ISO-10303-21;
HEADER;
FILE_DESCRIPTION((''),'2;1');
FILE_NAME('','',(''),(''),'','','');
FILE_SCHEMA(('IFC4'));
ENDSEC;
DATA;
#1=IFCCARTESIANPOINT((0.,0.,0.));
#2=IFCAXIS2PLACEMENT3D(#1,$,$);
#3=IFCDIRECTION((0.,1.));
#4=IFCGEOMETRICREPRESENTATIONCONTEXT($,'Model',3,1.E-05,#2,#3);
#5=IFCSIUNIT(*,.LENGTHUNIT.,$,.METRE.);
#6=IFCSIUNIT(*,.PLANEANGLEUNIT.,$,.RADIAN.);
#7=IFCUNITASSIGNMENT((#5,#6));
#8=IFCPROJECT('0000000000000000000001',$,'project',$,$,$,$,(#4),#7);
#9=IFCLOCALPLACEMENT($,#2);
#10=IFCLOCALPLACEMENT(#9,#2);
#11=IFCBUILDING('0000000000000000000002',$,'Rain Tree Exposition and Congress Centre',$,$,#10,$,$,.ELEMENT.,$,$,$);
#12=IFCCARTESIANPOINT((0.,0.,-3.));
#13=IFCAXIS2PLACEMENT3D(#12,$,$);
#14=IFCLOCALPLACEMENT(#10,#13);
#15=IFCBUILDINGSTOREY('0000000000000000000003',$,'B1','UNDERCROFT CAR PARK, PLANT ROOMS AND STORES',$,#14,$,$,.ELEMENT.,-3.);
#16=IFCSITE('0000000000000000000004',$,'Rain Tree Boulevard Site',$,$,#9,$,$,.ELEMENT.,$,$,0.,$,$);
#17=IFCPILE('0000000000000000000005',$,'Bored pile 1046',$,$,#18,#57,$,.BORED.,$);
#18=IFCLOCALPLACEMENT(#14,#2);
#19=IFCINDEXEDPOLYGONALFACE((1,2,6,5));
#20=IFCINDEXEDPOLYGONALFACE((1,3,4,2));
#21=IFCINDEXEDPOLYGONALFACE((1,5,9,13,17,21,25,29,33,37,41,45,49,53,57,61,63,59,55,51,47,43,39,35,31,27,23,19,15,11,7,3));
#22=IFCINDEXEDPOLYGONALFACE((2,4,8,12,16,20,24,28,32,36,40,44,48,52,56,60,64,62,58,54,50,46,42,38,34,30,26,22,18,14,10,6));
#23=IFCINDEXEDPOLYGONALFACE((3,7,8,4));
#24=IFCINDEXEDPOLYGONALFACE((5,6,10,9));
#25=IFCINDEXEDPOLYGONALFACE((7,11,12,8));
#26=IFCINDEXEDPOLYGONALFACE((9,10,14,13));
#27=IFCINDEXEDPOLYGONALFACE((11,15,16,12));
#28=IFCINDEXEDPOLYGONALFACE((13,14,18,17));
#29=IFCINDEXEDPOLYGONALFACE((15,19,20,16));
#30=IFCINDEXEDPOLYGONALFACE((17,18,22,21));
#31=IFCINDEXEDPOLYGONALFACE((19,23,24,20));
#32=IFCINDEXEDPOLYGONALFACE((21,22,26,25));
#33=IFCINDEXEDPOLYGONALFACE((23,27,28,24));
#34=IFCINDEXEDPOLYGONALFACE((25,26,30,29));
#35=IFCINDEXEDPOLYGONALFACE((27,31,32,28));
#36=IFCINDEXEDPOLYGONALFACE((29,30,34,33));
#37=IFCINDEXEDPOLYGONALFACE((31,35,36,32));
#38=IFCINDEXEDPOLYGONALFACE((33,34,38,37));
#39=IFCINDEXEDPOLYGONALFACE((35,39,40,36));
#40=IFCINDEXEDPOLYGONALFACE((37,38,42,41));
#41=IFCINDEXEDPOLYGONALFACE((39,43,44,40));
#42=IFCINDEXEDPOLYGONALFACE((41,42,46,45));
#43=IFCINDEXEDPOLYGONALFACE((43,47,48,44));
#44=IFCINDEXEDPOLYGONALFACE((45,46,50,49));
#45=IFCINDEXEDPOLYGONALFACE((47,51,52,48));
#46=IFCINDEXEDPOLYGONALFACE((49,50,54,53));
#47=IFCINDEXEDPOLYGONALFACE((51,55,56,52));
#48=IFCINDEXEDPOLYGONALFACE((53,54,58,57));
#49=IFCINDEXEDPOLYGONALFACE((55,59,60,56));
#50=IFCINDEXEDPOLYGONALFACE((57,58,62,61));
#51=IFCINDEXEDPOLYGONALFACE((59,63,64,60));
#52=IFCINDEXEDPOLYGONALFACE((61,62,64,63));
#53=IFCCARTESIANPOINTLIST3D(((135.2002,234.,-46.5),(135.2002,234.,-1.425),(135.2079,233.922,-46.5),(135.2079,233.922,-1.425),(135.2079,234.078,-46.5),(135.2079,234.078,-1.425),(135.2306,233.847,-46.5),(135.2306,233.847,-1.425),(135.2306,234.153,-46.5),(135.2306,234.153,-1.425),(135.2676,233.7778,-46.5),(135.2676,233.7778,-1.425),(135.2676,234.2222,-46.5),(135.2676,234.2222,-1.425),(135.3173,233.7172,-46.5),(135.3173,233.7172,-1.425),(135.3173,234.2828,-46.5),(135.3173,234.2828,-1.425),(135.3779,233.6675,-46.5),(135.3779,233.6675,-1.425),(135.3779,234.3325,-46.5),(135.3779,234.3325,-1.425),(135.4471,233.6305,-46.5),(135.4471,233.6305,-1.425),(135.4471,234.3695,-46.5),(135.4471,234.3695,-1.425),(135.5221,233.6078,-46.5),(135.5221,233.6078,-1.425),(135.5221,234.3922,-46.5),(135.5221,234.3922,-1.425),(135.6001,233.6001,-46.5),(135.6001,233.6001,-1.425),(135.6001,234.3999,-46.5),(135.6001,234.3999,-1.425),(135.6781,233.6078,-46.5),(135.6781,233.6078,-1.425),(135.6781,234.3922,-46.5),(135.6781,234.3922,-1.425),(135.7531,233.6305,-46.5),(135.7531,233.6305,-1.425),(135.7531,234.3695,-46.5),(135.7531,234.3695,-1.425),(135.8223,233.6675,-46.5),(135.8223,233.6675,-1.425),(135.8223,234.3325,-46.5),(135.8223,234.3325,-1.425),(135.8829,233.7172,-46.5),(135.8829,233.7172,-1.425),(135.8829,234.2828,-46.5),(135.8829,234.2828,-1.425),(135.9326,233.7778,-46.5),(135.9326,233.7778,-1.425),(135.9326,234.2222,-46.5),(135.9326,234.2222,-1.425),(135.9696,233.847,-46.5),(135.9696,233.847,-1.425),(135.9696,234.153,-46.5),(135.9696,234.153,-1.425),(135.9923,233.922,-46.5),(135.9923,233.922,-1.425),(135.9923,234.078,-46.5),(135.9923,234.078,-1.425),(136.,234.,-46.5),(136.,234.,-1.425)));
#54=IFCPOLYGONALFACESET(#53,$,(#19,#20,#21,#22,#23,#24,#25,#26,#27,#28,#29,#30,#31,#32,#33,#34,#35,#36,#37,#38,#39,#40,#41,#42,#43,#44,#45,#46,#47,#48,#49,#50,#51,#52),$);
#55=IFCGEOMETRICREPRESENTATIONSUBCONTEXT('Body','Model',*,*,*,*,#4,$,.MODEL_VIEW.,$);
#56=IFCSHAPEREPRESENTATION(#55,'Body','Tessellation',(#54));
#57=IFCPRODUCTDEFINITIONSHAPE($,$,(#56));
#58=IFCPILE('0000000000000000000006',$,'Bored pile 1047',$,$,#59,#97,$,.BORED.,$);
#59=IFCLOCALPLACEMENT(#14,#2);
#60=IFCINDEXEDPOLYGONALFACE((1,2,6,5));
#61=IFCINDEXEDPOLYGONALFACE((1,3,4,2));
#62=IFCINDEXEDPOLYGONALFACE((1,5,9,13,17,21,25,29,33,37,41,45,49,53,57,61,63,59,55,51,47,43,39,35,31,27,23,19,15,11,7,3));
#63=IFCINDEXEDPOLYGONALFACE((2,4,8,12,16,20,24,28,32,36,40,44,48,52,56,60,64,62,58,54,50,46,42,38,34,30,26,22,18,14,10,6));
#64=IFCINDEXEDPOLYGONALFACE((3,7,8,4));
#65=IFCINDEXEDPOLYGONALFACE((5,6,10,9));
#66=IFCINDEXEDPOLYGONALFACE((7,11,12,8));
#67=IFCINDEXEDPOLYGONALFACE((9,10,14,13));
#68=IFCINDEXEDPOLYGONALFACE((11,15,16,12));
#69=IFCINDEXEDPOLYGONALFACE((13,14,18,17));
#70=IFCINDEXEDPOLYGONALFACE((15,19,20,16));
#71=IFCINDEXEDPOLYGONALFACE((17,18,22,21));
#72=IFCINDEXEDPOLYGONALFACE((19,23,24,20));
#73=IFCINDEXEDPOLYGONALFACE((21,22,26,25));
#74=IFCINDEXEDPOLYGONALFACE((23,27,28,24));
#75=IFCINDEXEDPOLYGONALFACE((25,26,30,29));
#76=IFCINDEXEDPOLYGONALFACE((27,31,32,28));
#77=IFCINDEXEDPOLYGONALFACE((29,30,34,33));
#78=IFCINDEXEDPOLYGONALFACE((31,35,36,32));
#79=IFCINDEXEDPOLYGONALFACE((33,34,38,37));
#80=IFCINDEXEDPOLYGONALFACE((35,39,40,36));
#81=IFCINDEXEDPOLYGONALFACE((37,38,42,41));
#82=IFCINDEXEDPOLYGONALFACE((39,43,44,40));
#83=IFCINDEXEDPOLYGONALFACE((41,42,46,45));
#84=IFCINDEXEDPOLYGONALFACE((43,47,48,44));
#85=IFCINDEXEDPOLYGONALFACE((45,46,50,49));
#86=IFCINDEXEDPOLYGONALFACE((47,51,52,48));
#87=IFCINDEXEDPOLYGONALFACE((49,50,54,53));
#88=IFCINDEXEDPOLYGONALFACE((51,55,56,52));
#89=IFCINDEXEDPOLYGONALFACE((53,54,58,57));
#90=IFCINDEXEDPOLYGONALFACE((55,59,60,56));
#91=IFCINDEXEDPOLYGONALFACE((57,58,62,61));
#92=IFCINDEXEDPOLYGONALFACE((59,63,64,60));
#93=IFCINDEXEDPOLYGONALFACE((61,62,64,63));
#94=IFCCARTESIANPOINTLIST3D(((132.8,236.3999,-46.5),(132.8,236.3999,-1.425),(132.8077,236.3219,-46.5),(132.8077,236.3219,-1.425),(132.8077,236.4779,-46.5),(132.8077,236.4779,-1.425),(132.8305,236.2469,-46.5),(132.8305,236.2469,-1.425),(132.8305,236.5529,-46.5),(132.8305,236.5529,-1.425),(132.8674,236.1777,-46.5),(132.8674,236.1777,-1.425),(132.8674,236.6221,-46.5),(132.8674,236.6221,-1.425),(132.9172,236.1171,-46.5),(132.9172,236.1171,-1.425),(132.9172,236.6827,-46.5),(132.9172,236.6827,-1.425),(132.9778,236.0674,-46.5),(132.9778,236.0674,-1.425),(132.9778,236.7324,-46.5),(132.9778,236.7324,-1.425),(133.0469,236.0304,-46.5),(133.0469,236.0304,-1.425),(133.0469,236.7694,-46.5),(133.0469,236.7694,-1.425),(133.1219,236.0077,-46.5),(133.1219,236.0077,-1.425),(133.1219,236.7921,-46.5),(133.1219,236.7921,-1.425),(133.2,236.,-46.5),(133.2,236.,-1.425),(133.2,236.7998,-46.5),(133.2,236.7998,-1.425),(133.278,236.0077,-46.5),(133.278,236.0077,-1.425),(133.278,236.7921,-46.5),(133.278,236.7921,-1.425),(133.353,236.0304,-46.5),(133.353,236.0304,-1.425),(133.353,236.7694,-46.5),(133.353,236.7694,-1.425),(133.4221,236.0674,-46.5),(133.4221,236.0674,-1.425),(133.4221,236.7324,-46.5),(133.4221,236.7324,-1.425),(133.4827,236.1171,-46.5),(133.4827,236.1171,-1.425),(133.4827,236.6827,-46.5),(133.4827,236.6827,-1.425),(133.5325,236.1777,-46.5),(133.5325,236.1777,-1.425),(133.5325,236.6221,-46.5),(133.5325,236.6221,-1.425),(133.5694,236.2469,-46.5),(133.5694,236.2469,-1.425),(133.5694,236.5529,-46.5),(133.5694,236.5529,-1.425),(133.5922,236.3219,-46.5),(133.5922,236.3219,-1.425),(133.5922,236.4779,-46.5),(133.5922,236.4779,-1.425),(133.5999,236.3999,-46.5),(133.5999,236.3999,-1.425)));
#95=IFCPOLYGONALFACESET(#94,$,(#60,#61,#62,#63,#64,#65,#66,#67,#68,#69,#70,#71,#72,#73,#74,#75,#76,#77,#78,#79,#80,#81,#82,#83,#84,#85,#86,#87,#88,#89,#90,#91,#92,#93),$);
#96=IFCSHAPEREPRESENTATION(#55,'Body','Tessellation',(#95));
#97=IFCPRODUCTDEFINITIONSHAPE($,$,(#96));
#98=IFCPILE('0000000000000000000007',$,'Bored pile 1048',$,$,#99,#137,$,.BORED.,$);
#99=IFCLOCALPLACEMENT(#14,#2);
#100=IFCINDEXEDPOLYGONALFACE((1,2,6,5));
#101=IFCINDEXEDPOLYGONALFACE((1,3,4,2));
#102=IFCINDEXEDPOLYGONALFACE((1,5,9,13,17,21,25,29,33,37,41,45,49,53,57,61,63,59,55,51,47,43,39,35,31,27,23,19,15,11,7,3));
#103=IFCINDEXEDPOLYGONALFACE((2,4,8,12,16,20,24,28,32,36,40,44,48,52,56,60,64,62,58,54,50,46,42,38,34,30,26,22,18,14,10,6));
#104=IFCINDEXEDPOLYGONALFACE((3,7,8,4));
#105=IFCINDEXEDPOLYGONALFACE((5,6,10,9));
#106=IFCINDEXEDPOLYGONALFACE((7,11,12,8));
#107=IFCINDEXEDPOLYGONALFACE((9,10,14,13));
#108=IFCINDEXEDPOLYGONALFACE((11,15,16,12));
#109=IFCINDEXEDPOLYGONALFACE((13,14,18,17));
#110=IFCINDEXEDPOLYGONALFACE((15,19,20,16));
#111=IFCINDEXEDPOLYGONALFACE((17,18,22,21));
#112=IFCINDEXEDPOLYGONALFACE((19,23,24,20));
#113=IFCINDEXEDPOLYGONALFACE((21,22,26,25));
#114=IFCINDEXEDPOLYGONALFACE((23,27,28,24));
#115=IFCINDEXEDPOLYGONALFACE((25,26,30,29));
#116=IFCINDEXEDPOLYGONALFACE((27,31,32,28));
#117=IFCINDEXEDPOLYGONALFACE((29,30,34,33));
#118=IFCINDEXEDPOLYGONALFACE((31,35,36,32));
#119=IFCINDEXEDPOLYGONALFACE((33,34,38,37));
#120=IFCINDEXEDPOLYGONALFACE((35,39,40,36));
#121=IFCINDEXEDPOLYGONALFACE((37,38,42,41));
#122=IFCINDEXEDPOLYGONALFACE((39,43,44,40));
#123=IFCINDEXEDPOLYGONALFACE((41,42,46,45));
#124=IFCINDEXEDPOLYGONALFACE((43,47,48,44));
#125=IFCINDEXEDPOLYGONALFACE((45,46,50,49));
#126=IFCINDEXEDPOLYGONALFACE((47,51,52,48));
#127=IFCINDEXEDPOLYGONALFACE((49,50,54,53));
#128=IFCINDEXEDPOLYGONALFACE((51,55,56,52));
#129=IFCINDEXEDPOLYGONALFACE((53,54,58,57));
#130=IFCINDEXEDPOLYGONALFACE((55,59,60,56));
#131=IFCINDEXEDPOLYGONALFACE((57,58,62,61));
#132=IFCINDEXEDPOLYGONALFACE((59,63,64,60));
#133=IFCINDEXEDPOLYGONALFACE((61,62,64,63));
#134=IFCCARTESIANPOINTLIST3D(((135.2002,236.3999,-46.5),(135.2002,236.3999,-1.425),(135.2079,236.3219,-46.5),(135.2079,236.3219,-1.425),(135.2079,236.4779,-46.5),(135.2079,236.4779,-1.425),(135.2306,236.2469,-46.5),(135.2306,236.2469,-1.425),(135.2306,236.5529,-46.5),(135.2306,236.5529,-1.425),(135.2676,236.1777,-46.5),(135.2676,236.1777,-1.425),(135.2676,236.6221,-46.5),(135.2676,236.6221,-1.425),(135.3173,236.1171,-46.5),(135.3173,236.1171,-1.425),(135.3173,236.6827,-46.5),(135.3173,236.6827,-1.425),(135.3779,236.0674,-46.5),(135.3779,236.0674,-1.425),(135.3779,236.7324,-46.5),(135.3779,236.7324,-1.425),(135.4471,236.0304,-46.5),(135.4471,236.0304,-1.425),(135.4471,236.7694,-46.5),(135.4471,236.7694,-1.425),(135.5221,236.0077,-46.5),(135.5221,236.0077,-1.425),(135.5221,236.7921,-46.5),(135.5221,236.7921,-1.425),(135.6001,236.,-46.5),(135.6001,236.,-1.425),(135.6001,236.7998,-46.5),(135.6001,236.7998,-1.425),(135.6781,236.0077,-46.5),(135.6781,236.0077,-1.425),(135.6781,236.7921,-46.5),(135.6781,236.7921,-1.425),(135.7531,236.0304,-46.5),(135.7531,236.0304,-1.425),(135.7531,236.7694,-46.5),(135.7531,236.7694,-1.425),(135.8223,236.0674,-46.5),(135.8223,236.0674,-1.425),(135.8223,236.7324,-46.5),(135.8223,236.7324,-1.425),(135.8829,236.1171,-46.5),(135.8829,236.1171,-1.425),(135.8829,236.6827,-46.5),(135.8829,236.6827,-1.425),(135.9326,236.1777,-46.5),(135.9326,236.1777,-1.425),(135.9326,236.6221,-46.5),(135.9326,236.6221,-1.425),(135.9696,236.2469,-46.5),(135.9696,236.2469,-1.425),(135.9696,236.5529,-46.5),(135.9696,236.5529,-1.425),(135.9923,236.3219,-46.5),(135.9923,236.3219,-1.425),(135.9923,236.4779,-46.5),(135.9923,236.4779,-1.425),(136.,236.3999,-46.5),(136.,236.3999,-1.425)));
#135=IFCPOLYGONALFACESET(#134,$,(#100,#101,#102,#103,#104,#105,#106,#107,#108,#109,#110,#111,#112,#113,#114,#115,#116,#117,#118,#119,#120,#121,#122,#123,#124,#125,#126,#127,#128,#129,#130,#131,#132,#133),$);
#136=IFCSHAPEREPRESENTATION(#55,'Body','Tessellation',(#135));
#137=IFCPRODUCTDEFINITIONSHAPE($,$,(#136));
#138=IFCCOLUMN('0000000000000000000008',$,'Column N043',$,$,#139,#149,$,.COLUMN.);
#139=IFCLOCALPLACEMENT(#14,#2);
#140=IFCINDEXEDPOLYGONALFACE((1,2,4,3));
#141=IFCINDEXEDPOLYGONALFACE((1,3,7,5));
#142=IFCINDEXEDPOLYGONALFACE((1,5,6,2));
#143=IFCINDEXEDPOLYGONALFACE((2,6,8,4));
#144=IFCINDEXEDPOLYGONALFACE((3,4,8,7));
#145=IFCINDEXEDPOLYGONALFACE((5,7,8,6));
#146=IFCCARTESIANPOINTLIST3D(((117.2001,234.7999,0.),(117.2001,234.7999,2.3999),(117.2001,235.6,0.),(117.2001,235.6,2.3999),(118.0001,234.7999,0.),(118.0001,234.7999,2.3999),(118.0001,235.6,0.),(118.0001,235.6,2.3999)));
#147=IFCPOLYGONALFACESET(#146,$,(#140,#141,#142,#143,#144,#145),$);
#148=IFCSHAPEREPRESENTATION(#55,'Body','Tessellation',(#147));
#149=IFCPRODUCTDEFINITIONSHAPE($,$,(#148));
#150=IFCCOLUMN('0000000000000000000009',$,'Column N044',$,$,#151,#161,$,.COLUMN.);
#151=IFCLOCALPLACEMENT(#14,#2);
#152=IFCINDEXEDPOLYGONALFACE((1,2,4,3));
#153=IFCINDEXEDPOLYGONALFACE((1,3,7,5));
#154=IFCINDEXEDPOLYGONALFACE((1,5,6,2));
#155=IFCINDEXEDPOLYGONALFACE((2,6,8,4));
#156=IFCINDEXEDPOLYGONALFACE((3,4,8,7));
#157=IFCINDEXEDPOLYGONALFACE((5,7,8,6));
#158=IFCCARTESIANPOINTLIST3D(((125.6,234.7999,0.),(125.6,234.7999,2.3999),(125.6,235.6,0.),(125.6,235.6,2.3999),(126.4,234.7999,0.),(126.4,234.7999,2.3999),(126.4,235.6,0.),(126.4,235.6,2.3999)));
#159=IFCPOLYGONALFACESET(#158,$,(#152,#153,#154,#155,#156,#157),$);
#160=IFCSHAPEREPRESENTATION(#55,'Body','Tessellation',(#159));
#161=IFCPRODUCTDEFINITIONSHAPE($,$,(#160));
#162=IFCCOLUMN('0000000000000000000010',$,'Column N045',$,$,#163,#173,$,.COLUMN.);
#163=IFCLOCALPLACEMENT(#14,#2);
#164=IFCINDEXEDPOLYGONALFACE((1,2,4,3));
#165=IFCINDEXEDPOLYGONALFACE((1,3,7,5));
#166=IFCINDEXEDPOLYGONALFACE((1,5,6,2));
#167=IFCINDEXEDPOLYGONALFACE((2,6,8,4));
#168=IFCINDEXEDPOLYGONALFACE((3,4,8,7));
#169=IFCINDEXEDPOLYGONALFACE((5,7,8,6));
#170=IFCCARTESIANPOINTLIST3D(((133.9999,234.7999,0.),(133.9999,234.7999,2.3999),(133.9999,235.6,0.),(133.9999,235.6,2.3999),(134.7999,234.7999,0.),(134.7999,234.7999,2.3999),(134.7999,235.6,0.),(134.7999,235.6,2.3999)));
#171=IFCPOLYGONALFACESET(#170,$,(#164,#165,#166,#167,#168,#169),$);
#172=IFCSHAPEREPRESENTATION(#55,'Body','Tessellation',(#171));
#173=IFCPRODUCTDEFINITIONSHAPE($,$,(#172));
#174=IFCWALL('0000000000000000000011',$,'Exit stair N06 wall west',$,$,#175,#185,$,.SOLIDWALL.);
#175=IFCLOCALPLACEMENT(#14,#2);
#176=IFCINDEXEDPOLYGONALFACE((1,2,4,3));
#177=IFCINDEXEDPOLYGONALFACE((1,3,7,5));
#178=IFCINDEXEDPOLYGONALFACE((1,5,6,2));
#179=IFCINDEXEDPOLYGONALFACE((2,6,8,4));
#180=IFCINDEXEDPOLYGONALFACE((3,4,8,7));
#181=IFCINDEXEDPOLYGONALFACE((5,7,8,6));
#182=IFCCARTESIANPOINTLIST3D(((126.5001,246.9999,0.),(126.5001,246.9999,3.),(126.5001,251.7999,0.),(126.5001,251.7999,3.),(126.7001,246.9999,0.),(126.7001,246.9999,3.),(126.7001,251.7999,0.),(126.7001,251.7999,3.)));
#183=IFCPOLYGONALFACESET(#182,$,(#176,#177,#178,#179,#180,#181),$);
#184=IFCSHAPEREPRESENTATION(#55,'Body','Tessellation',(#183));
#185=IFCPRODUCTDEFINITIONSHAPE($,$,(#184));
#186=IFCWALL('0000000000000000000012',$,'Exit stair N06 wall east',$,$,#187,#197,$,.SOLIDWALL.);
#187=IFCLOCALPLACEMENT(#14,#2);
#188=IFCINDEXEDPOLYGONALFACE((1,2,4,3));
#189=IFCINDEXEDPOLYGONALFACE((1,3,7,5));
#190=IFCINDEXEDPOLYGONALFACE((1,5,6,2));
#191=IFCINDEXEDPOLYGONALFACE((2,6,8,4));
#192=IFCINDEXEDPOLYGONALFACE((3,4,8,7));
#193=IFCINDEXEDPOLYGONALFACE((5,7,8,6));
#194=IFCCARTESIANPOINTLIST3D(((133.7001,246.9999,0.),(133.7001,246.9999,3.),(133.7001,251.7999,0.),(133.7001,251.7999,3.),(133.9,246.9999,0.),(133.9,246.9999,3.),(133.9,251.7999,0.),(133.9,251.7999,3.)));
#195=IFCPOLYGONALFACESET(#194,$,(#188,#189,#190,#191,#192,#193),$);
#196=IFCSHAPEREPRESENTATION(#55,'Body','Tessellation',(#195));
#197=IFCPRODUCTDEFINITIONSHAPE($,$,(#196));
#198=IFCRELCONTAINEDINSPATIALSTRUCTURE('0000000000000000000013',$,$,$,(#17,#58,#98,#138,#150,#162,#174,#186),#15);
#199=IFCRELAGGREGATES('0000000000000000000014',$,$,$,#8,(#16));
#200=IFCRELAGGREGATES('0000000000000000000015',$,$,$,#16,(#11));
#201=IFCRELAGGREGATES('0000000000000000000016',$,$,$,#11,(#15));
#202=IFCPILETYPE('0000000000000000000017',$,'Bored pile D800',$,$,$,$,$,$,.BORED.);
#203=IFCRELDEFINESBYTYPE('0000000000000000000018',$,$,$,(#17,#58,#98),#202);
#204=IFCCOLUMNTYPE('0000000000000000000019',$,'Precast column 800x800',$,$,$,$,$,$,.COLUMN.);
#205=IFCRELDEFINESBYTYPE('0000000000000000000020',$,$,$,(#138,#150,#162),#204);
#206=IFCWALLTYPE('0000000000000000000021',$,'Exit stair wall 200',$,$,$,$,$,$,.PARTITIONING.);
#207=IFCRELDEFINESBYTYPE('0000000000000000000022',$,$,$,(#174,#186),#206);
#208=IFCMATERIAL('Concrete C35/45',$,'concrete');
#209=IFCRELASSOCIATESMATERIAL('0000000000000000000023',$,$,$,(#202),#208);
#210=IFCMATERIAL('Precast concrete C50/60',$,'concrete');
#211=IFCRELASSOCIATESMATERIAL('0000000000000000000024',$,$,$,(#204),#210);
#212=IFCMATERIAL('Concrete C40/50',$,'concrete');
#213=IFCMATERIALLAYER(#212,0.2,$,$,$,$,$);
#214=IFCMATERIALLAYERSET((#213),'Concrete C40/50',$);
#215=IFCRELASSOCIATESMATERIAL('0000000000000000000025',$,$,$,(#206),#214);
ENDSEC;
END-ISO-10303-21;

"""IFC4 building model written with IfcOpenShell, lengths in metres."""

from ifc_helpers import new_model, si_unit, direction, frame, frame_2d, origin, origin_2d, place, context, subcontext, project, spatial, rectangle, circle, extrude, material, layer, layer_set, material_profile, profile_set, type_object, element, save


model = new_model("IFC4")

# Units and contexts
model_context = context("Model", 3, precision=1e-05, world=origin(), true_north=direction((0.0, 1.0)))
body_context = subcontext(model_context, "Body", "Model", "MODEL_VIEW")
ifc_project = project(units=[si_unit("LENGTHUNIT", "METRE"), si_unit("PLANEANGLEUNIT", "RADIAN")], contexts=[model_context])

# Site, building, storey
site_placement = place(None, origin())
site = spatial("IfcSite", under=ifc_project, at=site_placement, Name="Rain Tree Boulevard Site", CompositionType="ELEMENT", RefElevation=0.0)
building_placement = place(site_placement, origin())
building = spatial("IfcBuilding", under=site, at=building_placement, Name="Rain Tree Exposition and Congress Centre", CompositionType="ELEMENT")
storey_placement = place(building_placement, frame((0.0, 0.0, -3.0)))
storey = spatial("IfcBuildingStorey", under=building, at=storey_placement, Name="B1", Description="UNDERCROFT CAR PARK, PLANT ROOMS AND STORES", CompositionType="ELEMENT", Elevation=-3.0)

# Piles
ifc_material_1 = material(Name="Concrete C35/45", Category="concrete")
ifc_material_profile_1 = material_profile(ifc_material_1, circle(Radius=0.3999, at=origin_2d()), Name="D800")
ifc_profile_set_1 = profile_set([ifc_material_profile_1], Name="Concrete C35/45")
pile_type_1 = type_object("IfcPileType", Name="Bored pile D800", PredefinedType="BORED", material=ifc_profile_set_1)
for number, where, z_axis, x_axis, name in (
    (1, (135.6001, 234.0, -1.425), (0.0, 0.0, -1.0), (1.0, 0.0, 0.0), "Bored pile 1046"),
    (2, (133.2, 236.3999, -1.425), (0.0, 0.0, -1.0), (1.0, 0.0, 0.0), "Bored pile 1047"),
    (3, (135.6001, 236.3999, -1.425), (0.0, 0.0, -1.0), (1.0, 0.0, 0.0), "Bored pile 1048"),
):
    element("IfcPile", number, at=place(storey_placement, frame(where, z_axis=z_axis, x_axis=x_axis)), inside=storey, type_object=pile_type_1, Name=name, PredefinedType="BORED", context=body_context, shape_type="SweptSolid", body=[
        extrude(circle(Radius=0.3999, at=origin_2d()), origin(), (0.0, 0.0, 1.0), 45.075),
    ])

# Columns
ifc_material_2 = material(Name="Precast concrete C50/60", Category="concrete")
ifc_material_profile_2 = material_profile(ifc_material_2, rectangle(XDim=0.8, YDim=0.8, at=origin_2d()), Name="RC 800x800")
ifc_profile_set_2 = profile_set([ifc_material_profile_2], Name="Precast concrete C50/60")
column_type = type_object("IfcColumnType", Name="Precast column 800x800", PredefinedType="COLUMN", material=ifc_profile_set_2)
for number, where, z_axis, x_axis, name in (
    (4, (117.6001, 235.2, 0.0), (0.0, 0.0, 1.0), (1.0, 0.0, 0.0), "Column N043"),
    (5, (126.0, 235.2, 0.0), (0.0, 0.0, 1.0), (1.0, 0.0, 0.0), "Column N044"),
    (6, (134.3999, 235.2, 0.0), (0.0, 0.0, 1.0), (1.0, 0.0, 0.0), "Column N045"),
):
    element("IfcColumn", number, at=place(storey_placement, frame(where, z_axis=z_axis, x_axis=x_axis)), inside=storey, type_object=column_type, Name=name, PredefinedType="COLUMN", context=body_context, shape_type="SweptSolid", body=[
        extrude(rectangle(XDim=0.8, YDim=0.8, at=origin_2d()), origin(), (0.0, 0.0, 1.0), 2.3999),
    ])

# Walls
ifc_material_3 = material(Name="Concrete C40/50", Category="concrete")
ifc_layer_1 = layer(ifc_material_3, 0.2)
ifc_layer_set_1 = layer_set([ifc_layer_1], Name="Concrete C40/50")
wall_type_1 = type_object("IfcWallType", Name="Exit stair wall 200", PredefinedType="PARTITIONING", material=ifc_layer_set_1)
for number, where, z_axis, x_axis, name in (
    (7, (126.6001, 247.0, 0.0), (0.0, 0.0, 1.0), (0.0, 1.0, 0.0), "Exit stair N06 wall west"),
    (8, (133.8, 247.0, 0.0), (0.0, 0.0, 1.0), (0.0, 1.0, 0.0), "Exit stair N06 wall east"),
):
    element("IfcWall", number, at=place(storey_placement, frame(where, z_axis=z_axis, x_axis=x_axis)), inside=storey, type_object=wall_type_1, Name=name, PredefinedType="SOLIDWALL", context=body_context, shape_type="SweptSolid", body=[
        extrude(rectangle(XDim=4.8, YDim=0.2, at=frame_2d((2.3999, 0.0))), origin(), (0.0, 0.0, 1.0), 3.0),
    ])

save(model, "model.ifc")
